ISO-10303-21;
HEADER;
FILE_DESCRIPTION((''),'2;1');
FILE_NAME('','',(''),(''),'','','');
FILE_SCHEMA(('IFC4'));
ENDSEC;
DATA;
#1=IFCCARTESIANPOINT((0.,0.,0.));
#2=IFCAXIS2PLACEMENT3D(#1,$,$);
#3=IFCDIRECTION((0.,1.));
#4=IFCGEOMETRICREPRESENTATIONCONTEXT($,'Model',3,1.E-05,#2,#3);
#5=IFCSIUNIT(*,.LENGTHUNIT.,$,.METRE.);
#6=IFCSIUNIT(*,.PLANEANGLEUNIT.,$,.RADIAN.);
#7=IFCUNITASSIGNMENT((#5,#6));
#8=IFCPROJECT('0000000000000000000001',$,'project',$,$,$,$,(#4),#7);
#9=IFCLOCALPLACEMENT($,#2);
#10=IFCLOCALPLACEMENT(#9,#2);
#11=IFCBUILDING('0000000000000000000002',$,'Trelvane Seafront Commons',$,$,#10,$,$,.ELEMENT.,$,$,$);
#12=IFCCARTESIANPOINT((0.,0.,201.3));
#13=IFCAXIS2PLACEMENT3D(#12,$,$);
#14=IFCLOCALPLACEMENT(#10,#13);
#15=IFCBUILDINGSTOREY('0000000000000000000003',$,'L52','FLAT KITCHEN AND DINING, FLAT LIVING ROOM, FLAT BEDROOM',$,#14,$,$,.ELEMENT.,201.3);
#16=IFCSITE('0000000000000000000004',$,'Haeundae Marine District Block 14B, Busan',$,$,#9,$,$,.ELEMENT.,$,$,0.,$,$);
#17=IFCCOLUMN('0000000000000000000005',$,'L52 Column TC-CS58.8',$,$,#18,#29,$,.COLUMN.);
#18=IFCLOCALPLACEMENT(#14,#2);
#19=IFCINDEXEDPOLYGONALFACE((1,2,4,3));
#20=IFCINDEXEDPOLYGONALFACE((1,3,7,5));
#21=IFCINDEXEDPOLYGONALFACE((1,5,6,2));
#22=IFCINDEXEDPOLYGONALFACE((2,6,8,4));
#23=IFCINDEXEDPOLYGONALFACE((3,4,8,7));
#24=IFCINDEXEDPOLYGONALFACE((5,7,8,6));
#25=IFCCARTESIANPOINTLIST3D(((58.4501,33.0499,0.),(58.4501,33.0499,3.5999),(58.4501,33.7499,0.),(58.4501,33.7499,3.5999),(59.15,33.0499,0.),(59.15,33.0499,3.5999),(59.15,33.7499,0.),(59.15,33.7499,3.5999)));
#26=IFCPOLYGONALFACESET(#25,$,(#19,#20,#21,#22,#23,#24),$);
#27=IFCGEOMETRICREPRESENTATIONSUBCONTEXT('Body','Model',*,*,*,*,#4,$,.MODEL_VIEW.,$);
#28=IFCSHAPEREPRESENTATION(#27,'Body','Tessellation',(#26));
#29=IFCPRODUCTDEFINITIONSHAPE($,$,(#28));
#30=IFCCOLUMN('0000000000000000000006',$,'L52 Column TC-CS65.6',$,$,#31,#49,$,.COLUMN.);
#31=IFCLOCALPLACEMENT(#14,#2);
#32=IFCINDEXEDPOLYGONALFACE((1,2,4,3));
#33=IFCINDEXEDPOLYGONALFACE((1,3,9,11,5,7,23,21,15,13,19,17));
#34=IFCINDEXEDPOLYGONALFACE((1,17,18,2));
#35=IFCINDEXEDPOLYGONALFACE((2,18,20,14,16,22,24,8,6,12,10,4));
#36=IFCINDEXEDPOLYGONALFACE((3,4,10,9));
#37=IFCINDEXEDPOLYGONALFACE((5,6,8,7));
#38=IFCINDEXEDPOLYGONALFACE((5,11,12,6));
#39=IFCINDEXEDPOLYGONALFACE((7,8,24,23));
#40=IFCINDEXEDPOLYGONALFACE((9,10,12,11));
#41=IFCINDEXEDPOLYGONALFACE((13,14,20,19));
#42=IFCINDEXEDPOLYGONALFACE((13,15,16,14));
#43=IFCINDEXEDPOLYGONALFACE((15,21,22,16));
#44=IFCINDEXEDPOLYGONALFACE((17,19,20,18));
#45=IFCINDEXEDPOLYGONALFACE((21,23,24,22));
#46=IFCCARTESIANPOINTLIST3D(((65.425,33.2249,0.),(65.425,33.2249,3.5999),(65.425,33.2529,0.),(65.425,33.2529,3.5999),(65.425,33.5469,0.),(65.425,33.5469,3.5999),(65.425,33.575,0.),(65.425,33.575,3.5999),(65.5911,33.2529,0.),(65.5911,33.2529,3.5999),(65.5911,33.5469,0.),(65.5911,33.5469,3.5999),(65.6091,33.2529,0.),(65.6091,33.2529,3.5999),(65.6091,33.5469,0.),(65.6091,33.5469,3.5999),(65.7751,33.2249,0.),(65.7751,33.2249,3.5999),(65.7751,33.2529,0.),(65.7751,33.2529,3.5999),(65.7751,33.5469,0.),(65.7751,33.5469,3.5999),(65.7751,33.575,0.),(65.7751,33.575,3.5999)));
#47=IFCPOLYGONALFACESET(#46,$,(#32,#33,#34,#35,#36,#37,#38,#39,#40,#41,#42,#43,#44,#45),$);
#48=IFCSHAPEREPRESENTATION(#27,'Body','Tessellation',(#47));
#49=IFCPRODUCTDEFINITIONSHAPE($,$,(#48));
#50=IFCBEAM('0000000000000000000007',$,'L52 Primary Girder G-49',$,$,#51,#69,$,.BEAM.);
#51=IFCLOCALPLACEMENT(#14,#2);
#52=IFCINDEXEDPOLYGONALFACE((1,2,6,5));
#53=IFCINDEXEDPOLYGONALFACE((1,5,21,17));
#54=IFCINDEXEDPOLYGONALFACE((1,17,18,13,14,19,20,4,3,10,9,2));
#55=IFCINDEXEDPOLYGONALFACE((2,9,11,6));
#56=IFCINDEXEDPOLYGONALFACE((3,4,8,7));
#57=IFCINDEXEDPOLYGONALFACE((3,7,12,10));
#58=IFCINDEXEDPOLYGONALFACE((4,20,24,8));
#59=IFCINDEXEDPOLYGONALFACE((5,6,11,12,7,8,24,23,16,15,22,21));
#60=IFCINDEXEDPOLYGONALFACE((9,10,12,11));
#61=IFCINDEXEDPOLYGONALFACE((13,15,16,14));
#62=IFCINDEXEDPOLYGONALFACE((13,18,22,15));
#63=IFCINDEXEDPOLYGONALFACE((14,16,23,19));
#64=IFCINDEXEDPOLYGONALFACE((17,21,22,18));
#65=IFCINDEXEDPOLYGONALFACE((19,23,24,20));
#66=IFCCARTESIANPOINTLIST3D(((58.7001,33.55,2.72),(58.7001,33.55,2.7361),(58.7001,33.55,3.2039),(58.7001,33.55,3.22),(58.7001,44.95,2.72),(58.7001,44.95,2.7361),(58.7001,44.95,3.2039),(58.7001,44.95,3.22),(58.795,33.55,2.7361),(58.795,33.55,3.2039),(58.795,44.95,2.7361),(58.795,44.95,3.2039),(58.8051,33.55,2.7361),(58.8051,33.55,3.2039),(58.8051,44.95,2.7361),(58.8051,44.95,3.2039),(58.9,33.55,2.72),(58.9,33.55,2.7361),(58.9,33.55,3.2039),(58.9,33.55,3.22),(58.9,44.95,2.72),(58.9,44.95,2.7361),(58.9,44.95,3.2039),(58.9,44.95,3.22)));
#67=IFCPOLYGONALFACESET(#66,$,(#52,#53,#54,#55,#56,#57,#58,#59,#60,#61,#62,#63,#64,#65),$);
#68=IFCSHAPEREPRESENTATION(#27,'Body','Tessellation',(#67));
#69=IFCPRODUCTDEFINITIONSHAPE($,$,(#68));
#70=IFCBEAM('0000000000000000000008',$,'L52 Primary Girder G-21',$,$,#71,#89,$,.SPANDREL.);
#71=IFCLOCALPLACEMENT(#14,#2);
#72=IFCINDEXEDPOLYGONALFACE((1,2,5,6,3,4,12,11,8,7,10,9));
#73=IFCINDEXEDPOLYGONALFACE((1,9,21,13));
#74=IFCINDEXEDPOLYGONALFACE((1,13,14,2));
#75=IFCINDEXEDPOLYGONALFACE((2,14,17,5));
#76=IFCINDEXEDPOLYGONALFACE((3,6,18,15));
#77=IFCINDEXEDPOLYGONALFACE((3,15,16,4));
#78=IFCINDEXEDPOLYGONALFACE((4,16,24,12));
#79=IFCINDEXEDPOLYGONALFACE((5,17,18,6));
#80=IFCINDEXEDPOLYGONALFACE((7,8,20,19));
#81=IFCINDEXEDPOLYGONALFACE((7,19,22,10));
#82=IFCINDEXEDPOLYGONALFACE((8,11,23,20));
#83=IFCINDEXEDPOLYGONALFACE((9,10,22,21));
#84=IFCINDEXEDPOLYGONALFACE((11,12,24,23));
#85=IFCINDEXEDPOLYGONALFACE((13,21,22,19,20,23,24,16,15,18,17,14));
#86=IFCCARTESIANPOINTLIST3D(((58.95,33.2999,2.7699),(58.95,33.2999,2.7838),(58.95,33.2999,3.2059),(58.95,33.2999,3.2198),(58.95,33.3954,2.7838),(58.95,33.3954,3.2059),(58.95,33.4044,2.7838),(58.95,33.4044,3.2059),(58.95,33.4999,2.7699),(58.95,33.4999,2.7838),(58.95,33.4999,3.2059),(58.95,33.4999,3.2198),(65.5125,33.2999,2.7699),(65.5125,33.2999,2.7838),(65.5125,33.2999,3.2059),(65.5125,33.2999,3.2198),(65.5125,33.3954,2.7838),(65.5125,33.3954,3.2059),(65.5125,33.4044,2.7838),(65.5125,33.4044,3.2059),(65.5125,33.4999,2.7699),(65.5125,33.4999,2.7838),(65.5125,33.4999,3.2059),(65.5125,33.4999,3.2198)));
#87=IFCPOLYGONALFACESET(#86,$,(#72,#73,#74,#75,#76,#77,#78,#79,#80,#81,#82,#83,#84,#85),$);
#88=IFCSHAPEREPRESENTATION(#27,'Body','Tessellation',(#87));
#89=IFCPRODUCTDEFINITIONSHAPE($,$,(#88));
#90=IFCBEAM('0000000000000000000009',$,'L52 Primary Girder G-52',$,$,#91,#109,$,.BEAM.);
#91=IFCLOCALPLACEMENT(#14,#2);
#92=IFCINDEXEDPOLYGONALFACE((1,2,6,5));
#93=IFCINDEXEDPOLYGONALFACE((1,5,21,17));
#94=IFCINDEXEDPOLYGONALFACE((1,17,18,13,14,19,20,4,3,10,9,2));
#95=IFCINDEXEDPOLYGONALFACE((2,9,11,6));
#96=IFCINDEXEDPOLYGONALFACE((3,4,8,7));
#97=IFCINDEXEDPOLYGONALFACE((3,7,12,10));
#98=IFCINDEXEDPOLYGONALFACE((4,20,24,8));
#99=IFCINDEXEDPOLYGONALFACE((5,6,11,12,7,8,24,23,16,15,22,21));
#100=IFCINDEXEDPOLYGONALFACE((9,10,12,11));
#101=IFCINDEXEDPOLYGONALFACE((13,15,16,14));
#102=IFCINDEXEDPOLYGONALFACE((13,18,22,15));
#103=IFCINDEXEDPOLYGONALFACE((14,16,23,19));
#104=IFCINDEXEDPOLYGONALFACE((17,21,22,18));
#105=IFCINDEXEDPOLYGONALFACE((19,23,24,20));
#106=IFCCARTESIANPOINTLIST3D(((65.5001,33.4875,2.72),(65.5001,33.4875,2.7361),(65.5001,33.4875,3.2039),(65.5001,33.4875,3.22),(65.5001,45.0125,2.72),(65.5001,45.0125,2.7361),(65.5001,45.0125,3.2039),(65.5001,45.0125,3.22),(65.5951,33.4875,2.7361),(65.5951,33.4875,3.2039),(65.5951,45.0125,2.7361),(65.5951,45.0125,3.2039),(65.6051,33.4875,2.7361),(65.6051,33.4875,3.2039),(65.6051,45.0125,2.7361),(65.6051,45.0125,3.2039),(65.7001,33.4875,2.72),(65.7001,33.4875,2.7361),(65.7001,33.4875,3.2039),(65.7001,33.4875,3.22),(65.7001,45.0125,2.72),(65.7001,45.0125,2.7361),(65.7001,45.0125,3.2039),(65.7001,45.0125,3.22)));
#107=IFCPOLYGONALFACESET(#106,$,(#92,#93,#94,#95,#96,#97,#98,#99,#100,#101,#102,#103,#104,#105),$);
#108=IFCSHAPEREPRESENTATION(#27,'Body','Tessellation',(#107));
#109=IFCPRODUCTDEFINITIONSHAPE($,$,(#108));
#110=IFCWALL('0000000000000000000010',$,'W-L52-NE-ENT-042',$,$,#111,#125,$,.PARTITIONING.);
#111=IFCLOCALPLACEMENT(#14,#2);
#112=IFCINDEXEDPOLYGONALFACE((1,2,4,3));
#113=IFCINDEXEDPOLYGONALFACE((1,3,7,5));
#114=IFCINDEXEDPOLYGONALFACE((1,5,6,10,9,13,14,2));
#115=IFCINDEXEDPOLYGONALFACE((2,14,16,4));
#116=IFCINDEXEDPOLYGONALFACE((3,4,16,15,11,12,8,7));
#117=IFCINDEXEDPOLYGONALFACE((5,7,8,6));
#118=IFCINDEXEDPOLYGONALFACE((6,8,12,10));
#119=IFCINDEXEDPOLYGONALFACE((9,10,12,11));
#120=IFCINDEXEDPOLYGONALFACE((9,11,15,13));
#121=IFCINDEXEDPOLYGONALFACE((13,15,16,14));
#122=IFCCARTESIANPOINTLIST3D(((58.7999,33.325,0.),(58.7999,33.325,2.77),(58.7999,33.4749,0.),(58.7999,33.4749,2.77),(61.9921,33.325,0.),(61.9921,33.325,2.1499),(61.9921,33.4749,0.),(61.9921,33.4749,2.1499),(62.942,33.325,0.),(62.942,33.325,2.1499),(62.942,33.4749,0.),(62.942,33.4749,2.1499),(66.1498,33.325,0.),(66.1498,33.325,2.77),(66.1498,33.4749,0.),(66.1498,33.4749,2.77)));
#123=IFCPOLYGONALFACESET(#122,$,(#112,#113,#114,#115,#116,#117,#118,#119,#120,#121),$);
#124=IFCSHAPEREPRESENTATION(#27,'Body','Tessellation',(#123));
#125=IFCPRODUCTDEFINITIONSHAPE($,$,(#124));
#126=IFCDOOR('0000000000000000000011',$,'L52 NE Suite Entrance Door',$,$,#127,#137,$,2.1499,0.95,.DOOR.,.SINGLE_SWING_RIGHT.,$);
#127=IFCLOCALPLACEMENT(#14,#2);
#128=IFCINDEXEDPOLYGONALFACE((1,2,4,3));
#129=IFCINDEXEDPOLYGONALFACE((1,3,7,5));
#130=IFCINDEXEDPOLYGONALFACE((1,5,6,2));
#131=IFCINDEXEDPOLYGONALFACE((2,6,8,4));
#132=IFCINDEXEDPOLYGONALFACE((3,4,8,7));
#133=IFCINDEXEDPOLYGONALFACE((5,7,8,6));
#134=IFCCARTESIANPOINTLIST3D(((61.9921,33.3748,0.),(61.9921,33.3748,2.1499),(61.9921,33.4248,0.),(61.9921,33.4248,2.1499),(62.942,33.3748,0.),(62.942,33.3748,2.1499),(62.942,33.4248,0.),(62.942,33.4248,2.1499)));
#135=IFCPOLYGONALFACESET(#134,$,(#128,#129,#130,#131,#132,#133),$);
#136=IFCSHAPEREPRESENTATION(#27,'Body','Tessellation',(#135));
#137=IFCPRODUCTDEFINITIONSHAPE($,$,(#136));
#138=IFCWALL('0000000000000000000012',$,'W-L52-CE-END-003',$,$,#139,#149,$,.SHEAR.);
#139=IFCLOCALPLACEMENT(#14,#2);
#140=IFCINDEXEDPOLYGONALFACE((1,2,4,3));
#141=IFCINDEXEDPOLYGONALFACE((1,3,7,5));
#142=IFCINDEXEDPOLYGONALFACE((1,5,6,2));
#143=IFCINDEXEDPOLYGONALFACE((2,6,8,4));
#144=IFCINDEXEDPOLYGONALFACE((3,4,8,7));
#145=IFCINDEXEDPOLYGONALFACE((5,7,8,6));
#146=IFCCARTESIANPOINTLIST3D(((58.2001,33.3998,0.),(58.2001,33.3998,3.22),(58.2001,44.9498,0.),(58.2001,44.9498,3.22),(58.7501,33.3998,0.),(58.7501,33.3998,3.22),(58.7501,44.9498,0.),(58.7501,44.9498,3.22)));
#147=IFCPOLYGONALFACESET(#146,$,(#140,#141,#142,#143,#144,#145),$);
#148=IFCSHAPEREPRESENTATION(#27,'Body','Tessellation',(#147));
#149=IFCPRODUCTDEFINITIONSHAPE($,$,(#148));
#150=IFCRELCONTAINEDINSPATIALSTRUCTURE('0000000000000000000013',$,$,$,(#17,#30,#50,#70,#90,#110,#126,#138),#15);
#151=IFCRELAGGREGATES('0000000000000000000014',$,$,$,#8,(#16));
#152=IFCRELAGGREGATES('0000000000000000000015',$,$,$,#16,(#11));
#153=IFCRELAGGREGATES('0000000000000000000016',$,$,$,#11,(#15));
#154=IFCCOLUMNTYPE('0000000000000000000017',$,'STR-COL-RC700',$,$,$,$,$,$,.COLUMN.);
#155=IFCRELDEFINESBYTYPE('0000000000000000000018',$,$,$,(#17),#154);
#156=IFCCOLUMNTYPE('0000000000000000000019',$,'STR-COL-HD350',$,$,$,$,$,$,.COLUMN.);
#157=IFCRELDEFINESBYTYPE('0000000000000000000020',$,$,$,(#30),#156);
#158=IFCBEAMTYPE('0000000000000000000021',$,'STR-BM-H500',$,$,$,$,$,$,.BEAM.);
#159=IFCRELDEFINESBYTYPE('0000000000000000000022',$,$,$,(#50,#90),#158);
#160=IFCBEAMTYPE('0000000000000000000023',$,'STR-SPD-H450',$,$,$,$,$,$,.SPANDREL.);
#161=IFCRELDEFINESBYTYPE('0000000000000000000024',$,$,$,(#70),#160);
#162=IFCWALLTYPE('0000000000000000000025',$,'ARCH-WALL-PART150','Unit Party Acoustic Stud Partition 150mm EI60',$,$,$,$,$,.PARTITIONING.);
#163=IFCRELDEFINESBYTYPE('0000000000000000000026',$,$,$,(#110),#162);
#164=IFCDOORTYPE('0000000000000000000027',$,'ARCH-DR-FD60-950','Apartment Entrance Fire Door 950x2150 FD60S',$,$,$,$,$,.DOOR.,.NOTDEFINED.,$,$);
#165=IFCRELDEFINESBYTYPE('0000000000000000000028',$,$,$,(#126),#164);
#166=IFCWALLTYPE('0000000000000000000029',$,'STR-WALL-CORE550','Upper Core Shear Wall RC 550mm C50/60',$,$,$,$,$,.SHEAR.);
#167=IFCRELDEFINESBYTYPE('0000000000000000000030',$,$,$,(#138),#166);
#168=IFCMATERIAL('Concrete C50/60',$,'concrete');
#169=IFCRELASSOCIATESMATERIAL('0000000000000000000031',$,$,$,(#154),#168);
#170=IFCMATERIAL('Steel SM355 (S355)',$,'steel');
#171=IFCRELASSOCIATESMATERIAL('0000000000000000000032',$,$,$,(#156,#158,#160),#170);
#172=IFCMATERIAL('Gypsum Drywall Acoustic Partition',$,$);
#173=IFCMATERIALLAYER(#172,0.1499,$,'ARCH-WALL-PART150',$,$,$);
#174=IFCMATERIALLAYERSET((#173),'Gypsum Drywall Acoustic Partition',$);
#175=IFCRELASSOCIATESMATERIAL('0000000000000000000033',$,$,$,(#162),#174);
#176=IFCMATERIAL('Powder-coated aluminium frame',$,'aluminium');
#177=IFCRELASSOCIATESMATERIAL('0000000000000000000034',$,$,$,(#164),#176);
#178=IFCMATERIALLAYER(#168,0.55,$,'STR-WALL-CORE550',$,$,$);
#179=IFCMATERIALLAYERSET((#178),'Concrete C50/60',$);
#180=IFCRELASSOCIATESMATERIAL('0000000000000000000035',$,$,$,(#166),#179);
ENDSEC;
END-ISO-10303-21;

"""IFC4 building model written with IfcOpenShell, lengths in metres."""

from ifc_helpers import new_model, si_unit, direction, frame, frame_2d, origin, origin_2d, place, context, subcontext, project, spatial, rectangle, i_section, extrude, source, transform, mapped, material, layer, layer_set, material_profile, profile_set, type_object, element, fill, save


model = new_model("IFC4")

# Units and contexts
model_context = context("Model", 3, precision=1e-05, world=origin(), true_north=direction((0.0, 1.0)))
body_context = subcontext(model_context, "Body", "Model", "MODEL_VIEW")
ifc_project = project(units=[si_unit("LENGTHUNIT", "METRE"), si_unit("PLANEANGLEUNIT", "RADIAN")], contexts=[model_context])

# Site, building, storey
site_placement = place(None, origin())
site = spatial("IfcSite", under=ifc_project, at=site_placement, Name="Haeundae Marine District Block 14B, Busan", CompositionType="ELEMENT", RefElevation=0.0)
building_placement = place(site_placement, origin())
building = spatial("IfcBuilding", under=site, at=building_placement, Name="Trelvane Seafront Commons", CompositionType="ELEMENT")
storey_placement = place(building_placement, frame((0.0, 0.0, 201.3)))
storey = spatial("IfcBuildingStorey", under=building, at=storey_placement, Name="L52", Description="FLAT KITCHEN AND DINING, FLAT LIVING ROOM, FLAT BEDROOM", CompositionType="ELEMENT", Elevation=201.3)

# Columns
ifc_material_1 = material(Name="Concrete C50/60", Category="concrete")
ifc_material_profile_1 = material_profile(ifc_material_1, rectangle(XDim=0.7, YDim=0.7, at=origin_2d()), Name="RC-700x700")
ifc_profile_set_1 = profile_set([ifc_material_profile_1], Name="Concrete C50/60")
column_type_1 = type_object("IfcColumnType", Name="STR-COL-RC700", PredefinedType="COLUMN", material=ifc_profile_set_1)
shared_shape_1 = source(origin(), body_context, "Body", "SweptSolid", [
    extrude(rectangle(XDim=0.7, YDim=0.7, at=origin_2d()), origin(), (0.0, 0.0, 1.0), 3.5999),
])
column_1_placement = place(storey_placement, frame((58.8, 33.3999, 0.0), z_axis=(0.0, 0.0, 1.0), x_axis=(1.0, 0.0, 0.0)))
element("IfcColumn", 1, at=column_1_placement, inside=storey, type_object=column_type_1, Name="L52 Column TC-CS58.8", PredefinedType="COLUMN", context=body_context, shape_type="MappedRepresentation", body=[
    mapped(shared_shape_1, transform((0.0, 0.0, 0.0), x_axis=(1.0, 0.0, 0.0), y_axis=(0.0, 1.0, 0.0), z_axis=(0.0, 0.0, 1.0), scale=1.0)),
])
ifc_material_2 = material(Name="Steel SM355 (S355)", Category="steel")
ifc_material_profile_2 = material_profile(ifc_material_2, i_section(OverallWidth=0.3501, OverallDepth=0.3501, WebThickness=0.0181, FlangeThickness=0.0281, at=origin_2d()), Name="HD-350x350x18x28")
ifc_profile_set_2 = profile_set([ifc_material_profile_2], Name="Steel SM355 (S355)")
column_type_2 = type_object("IfcColumnType", Name="STR-COL-HD350", PredefinedType="COLUMN", material=ifc_profile_set_2)
shared_shape_2 = source(origin(), body_context, "Body", "SweptSolid", [
    extrude(i_section(OverallWidth=0.3501, OverallDepth=0.3501, WebThickness=0.0181, FlangeThickness=0.0281, at=origin_2d()), origin(), (0.0, 0.0, 1.0), 3.5999),
])
column_2_placement = place(storey_placement, frame((65.6001, 33.3999, 0.0), z_axis=(0.0, 0.0, 1.0), x_axis=(1.0, 0.0, 0.0)))
element("IfcColumn", 2, at=column_2_placement, inside=storey, type_object=column_type_2, Name="L52 Column TC-CS65.6", PredefinedType="COLUMN", context=body_context, shape_type="MappedRepresentation", body=[
    mapped(shared_shape_2, transform((0.0, 0.0, 0.0), x_axis=(1.0, 0.0, 0.0), y_axis=(0.0, 1.0, 0.0), z_axis=(0.0, 0.0, 1.0), scale=1.0)),
])

# Beams
ifc_material_profile_3 = material_profile(ifc_material_2, i_section(OverallWidth=0.2, OverallDepth=0.5, WebThickness=0.01, FlangeThickness=0.0161, at=origin_2d()), Name="H-500x200x10x16")
ifc_profile_set_3 = profile_set([ifc_material_profile_3], Name="Steel SM355 (S355)")
beam_type_1 = type_object("IfcBeamType", Name="STR-BM-H500", PredefinedType="BEAM", material=ifc_profile_set_3)
shared_shape_3 = source(origin(), body_context, "Body", "SweptSolid", [
    extrude(i_section(OverallWidth=0.2, OverallDepth=0.5, WebThickness=0.01, FlangeThickness=0.0161, at=origin_2d()), origin(), (0.0, 0.0, 1.0), 11.3999),
])
beam_1_placement = place(storey_placement, frame((58.8, 33.55, 2.97), z_axis=(0.0, 1.0, 0.0), x_axis=(-1.0, 0.0, 0.0)))
element("IfcBeam", 3, at=beam_1_placement, inside=storey, type_object=beam_type_1, Name="L52 Primary Girder G-49", PredefinedType="BEAM", context=body_context, shape_type="MappedRepresentation", body=[
    mapped(shared_shape_3, transform((0.0, 0.0, 0.0), x_axis=(1.0, 0.0, 0.0), y_axis=(0.0, 1.0, 0.0), z_axis=(0.0, 0.0, 1.0), scale=1.0)),
])
ifc_material_profile_4 = material_profile(ifc_material_2, i_section(OverallWidth=0.2, OverallDepth=0.45, WebThickness=0.009, FlangeThickness=0.0139, at=origin_2d()), Name="H-450x200x9x14")
ifc_profile_set_4 = profile_set([ifc_material_profile_4], Name="Steel SM355 (S355)")
beam_type_2 = type_object("IfcBeamType", Name="STR-SPD-H450", PredefinedType="SPANDREL", material=ifc_profile_set_4)
shared_shape_4 = source(origin(), body_context, "Body", "SweptSolid", [
    extrude(i_section(OverallWidth=0.2, OverallDepth=0.45, WebThickness=0.009, FlangeThickness=0.0139, at=origin_2d()), origin(), (0.0, 0.0, 1.0), 6.5625),
])
beam_2_placement = place(storey_placement, frame((58.95, 33.3999, 2.9949), z_axis=(1.0, 0.0, 0.0), x_axis=(0.0, 1.0, 0.0)))
element("IfcBeam", 4, at=beam_2_placement, inside=storey, type_object=beam_type_2, Name="L52 Primary Girder G-21", PredefinedType="SPANDREL", context=body_context, shape_type="MappedRepresentation", body=[
    mapped(shared_shape_4, transform((0.0, 0.0, 0.0), x_axis=(1.0, 0.0, 0.0), y_axis=(0.0, 1.0, 0.0), z_axis=(0.0, 0.0, 1.0), scale=1.0)),
])
shared_shape_5 = source(origin(), body_context, "Body", "SweptSolid", [
    extrude(i_section(OverallWidth=0.2, OverallDepth=0.5, WebThickness=0.01, FlangeThickness=0.0161, at=origin_2d()), origin(), (0.0, 0.0, 1.0), 11.5249),
])
beam_3_placement = place(storey_placement, frame((65.6001, 33.4875, 2.97), z_axis=(0.0, 1.0, 0.0), x_axis=(-1.0, 0.0, 0.0)))
element("IfcBeam", 5, at=beam_3_placement, inside=storey, type_object=beam_type_1, Name="L52 Primary Girder G-52", PredefinedType="BEAM", context=body_context, shape_type="MappedRepresentation", body=[
    mapped(shared_shape_5, transform((0.0, 0.0, 0.0), x_axis=(1.0, 0.0, 0.0), y_axis=(0.0, 1.0, 0.0), z_axis=(0.0, 0.0, 1.0), scale=1.0)),
])

# Wall, opening, door
ifc_material_3 = material(Name="Gypsum Drywall Acoustic Partition")
ifc_layer_1 = layer(ifc_material_3, 0.1499, Name="ARCH-WALL-PART150")
ifc_layer_set_1 = layer_set([ifc_layer_1], Name="Gypsum Drywall Acoustic Partition")
wall_type_1 = type_object("IfcWallType", Name="ARCH-WALL-PART150", Description="Unit Party Acoustic Stud Partition 150mm EI60", PredefinedType="PARTITIONING", material=ifc_layer_set_1)
wall_1_placement = place(storey_placement, frame((58.8, 33.3999, 0.0), z_axis=(0.0, 0.0, 1.0), x_axis=(1.0, 0.0, 0.0)))
wall_1 = element("IfcWall", 6, at=wall_1_placement, inside=storey, type_object=wall_type_1, Name="W-L52-NE-ENT-042", PredefinedType="PARTITIONING", context=body_context, shape_type="SweptSolid", body=[
    extrude(rectangle(XDim=7.3499, YDim=0.1499, at=frame_2d((3.6748, 0.0))), origin(), (0.0, 0.0, 1.0), 2.77),
])
opening_1_placement = place(wall_1_placement, frame((3.1919, 0.0, 0.0)))
opening_1 = element("IfcOpeningElement", 7, at=opening_1_placement, cuts=wall_1, PredefinedType="OPENING", context=body_context, shape_type="SweptSolid", body=[
    extrude(rectangle(XDim=0.95, YDim=2.1499, at=frame_2d((0.4751, 1.075))), frame((0.0, 0.085, 0.0), z_axis=(0.0, -1.0, 0.0), x_axis=(1.0, 0.0, 0.0)), (0.0, 0.0, 1.0), 0.1699),
])
ifc_material_4 = material(Name="Powder-coated aluminium frame", Category="aluminium")
door_type = type_object("IfcDoorType", Name="ARCH-DR-FD60-950", Description="Apartment Entrance Fire Door 950x2150 FD60S", OperationType="NOTDEFINED", PredefinedType="DOOR", material=ifc_material_4)
shared_shape_6 = source(origin(), body_context, "Body", "SweptSolid", [
    extrude(rectangle(XDim=0.95, YDim=2.1499, at=frame_2d((0.4751, 1.075))), frame((0.0, 0.0249, 0.0), z_axis=(0.0, -1.0, 0.0), x_axis=(1.0, 0.0, 0.0)), (0.0, 0.0, 1.0), 0.05),
])
door_1_placement = place(opening_1_placement, origin())
door_1 = element("IfcDoor", 8, at=door_1_placement, inside=storey, type_object=door_type, Name="L52 NE Suite Entrance Door", OperationType="SINGLE_SWING_RIGHT", OverallHeight=2.1499, OverallWidth=0.95, PredefinedType="DOOR", context=body_context, shape_type="MappedRepresentation", body=[
    mapped(shared_shape_6, transform((0.0, 0.0, 0.0), x_axis=(1.0, 0.0, 0.0), y_axis=(0.0, 1.0, 0.0), z_axis=(0.0, 0.0, 1.0), scale=1.0)),
])
fill(opening_1, door_1)

# Wall
ifc_layer_2 = layer(ifc_material_1, 0.55, Name="STR-WALL-CORE550")
ifc_layer_set_2 = layer_set([ifc_layer_2], Name="Concrete C50/60")
wall_type_2 = type_object("IfcWallType", Name="STR-WALL-CORE550", Description="Upper Core Shear Wall RC 550mm C50/60", PredefinedType="SHEAR", material=ifc_layer_set_2)
wall_2_placement = place(storey_placement, frame((58.4751, 33.3999, 0.0), z_axis=(0.0, 0.0, 1.0), x_axis=(0.0, 1.0, 0.0)))
element("IfcWall", 9, at=wall_2_placement, inside=storey, type_object=wall_type_2, Name="W-L52-CE-END-003", PredefinedType="SHEAR", context=body_context, shape_type="SweptSolid", body=[
    extrude(rectangle(XDim=11.55, YDim=0.55, at=frame_2d((5.7749, 0.0))), origin(), (0.0, 0.0, 1.0), 3.22),
])

save(model, "model.ifc")
